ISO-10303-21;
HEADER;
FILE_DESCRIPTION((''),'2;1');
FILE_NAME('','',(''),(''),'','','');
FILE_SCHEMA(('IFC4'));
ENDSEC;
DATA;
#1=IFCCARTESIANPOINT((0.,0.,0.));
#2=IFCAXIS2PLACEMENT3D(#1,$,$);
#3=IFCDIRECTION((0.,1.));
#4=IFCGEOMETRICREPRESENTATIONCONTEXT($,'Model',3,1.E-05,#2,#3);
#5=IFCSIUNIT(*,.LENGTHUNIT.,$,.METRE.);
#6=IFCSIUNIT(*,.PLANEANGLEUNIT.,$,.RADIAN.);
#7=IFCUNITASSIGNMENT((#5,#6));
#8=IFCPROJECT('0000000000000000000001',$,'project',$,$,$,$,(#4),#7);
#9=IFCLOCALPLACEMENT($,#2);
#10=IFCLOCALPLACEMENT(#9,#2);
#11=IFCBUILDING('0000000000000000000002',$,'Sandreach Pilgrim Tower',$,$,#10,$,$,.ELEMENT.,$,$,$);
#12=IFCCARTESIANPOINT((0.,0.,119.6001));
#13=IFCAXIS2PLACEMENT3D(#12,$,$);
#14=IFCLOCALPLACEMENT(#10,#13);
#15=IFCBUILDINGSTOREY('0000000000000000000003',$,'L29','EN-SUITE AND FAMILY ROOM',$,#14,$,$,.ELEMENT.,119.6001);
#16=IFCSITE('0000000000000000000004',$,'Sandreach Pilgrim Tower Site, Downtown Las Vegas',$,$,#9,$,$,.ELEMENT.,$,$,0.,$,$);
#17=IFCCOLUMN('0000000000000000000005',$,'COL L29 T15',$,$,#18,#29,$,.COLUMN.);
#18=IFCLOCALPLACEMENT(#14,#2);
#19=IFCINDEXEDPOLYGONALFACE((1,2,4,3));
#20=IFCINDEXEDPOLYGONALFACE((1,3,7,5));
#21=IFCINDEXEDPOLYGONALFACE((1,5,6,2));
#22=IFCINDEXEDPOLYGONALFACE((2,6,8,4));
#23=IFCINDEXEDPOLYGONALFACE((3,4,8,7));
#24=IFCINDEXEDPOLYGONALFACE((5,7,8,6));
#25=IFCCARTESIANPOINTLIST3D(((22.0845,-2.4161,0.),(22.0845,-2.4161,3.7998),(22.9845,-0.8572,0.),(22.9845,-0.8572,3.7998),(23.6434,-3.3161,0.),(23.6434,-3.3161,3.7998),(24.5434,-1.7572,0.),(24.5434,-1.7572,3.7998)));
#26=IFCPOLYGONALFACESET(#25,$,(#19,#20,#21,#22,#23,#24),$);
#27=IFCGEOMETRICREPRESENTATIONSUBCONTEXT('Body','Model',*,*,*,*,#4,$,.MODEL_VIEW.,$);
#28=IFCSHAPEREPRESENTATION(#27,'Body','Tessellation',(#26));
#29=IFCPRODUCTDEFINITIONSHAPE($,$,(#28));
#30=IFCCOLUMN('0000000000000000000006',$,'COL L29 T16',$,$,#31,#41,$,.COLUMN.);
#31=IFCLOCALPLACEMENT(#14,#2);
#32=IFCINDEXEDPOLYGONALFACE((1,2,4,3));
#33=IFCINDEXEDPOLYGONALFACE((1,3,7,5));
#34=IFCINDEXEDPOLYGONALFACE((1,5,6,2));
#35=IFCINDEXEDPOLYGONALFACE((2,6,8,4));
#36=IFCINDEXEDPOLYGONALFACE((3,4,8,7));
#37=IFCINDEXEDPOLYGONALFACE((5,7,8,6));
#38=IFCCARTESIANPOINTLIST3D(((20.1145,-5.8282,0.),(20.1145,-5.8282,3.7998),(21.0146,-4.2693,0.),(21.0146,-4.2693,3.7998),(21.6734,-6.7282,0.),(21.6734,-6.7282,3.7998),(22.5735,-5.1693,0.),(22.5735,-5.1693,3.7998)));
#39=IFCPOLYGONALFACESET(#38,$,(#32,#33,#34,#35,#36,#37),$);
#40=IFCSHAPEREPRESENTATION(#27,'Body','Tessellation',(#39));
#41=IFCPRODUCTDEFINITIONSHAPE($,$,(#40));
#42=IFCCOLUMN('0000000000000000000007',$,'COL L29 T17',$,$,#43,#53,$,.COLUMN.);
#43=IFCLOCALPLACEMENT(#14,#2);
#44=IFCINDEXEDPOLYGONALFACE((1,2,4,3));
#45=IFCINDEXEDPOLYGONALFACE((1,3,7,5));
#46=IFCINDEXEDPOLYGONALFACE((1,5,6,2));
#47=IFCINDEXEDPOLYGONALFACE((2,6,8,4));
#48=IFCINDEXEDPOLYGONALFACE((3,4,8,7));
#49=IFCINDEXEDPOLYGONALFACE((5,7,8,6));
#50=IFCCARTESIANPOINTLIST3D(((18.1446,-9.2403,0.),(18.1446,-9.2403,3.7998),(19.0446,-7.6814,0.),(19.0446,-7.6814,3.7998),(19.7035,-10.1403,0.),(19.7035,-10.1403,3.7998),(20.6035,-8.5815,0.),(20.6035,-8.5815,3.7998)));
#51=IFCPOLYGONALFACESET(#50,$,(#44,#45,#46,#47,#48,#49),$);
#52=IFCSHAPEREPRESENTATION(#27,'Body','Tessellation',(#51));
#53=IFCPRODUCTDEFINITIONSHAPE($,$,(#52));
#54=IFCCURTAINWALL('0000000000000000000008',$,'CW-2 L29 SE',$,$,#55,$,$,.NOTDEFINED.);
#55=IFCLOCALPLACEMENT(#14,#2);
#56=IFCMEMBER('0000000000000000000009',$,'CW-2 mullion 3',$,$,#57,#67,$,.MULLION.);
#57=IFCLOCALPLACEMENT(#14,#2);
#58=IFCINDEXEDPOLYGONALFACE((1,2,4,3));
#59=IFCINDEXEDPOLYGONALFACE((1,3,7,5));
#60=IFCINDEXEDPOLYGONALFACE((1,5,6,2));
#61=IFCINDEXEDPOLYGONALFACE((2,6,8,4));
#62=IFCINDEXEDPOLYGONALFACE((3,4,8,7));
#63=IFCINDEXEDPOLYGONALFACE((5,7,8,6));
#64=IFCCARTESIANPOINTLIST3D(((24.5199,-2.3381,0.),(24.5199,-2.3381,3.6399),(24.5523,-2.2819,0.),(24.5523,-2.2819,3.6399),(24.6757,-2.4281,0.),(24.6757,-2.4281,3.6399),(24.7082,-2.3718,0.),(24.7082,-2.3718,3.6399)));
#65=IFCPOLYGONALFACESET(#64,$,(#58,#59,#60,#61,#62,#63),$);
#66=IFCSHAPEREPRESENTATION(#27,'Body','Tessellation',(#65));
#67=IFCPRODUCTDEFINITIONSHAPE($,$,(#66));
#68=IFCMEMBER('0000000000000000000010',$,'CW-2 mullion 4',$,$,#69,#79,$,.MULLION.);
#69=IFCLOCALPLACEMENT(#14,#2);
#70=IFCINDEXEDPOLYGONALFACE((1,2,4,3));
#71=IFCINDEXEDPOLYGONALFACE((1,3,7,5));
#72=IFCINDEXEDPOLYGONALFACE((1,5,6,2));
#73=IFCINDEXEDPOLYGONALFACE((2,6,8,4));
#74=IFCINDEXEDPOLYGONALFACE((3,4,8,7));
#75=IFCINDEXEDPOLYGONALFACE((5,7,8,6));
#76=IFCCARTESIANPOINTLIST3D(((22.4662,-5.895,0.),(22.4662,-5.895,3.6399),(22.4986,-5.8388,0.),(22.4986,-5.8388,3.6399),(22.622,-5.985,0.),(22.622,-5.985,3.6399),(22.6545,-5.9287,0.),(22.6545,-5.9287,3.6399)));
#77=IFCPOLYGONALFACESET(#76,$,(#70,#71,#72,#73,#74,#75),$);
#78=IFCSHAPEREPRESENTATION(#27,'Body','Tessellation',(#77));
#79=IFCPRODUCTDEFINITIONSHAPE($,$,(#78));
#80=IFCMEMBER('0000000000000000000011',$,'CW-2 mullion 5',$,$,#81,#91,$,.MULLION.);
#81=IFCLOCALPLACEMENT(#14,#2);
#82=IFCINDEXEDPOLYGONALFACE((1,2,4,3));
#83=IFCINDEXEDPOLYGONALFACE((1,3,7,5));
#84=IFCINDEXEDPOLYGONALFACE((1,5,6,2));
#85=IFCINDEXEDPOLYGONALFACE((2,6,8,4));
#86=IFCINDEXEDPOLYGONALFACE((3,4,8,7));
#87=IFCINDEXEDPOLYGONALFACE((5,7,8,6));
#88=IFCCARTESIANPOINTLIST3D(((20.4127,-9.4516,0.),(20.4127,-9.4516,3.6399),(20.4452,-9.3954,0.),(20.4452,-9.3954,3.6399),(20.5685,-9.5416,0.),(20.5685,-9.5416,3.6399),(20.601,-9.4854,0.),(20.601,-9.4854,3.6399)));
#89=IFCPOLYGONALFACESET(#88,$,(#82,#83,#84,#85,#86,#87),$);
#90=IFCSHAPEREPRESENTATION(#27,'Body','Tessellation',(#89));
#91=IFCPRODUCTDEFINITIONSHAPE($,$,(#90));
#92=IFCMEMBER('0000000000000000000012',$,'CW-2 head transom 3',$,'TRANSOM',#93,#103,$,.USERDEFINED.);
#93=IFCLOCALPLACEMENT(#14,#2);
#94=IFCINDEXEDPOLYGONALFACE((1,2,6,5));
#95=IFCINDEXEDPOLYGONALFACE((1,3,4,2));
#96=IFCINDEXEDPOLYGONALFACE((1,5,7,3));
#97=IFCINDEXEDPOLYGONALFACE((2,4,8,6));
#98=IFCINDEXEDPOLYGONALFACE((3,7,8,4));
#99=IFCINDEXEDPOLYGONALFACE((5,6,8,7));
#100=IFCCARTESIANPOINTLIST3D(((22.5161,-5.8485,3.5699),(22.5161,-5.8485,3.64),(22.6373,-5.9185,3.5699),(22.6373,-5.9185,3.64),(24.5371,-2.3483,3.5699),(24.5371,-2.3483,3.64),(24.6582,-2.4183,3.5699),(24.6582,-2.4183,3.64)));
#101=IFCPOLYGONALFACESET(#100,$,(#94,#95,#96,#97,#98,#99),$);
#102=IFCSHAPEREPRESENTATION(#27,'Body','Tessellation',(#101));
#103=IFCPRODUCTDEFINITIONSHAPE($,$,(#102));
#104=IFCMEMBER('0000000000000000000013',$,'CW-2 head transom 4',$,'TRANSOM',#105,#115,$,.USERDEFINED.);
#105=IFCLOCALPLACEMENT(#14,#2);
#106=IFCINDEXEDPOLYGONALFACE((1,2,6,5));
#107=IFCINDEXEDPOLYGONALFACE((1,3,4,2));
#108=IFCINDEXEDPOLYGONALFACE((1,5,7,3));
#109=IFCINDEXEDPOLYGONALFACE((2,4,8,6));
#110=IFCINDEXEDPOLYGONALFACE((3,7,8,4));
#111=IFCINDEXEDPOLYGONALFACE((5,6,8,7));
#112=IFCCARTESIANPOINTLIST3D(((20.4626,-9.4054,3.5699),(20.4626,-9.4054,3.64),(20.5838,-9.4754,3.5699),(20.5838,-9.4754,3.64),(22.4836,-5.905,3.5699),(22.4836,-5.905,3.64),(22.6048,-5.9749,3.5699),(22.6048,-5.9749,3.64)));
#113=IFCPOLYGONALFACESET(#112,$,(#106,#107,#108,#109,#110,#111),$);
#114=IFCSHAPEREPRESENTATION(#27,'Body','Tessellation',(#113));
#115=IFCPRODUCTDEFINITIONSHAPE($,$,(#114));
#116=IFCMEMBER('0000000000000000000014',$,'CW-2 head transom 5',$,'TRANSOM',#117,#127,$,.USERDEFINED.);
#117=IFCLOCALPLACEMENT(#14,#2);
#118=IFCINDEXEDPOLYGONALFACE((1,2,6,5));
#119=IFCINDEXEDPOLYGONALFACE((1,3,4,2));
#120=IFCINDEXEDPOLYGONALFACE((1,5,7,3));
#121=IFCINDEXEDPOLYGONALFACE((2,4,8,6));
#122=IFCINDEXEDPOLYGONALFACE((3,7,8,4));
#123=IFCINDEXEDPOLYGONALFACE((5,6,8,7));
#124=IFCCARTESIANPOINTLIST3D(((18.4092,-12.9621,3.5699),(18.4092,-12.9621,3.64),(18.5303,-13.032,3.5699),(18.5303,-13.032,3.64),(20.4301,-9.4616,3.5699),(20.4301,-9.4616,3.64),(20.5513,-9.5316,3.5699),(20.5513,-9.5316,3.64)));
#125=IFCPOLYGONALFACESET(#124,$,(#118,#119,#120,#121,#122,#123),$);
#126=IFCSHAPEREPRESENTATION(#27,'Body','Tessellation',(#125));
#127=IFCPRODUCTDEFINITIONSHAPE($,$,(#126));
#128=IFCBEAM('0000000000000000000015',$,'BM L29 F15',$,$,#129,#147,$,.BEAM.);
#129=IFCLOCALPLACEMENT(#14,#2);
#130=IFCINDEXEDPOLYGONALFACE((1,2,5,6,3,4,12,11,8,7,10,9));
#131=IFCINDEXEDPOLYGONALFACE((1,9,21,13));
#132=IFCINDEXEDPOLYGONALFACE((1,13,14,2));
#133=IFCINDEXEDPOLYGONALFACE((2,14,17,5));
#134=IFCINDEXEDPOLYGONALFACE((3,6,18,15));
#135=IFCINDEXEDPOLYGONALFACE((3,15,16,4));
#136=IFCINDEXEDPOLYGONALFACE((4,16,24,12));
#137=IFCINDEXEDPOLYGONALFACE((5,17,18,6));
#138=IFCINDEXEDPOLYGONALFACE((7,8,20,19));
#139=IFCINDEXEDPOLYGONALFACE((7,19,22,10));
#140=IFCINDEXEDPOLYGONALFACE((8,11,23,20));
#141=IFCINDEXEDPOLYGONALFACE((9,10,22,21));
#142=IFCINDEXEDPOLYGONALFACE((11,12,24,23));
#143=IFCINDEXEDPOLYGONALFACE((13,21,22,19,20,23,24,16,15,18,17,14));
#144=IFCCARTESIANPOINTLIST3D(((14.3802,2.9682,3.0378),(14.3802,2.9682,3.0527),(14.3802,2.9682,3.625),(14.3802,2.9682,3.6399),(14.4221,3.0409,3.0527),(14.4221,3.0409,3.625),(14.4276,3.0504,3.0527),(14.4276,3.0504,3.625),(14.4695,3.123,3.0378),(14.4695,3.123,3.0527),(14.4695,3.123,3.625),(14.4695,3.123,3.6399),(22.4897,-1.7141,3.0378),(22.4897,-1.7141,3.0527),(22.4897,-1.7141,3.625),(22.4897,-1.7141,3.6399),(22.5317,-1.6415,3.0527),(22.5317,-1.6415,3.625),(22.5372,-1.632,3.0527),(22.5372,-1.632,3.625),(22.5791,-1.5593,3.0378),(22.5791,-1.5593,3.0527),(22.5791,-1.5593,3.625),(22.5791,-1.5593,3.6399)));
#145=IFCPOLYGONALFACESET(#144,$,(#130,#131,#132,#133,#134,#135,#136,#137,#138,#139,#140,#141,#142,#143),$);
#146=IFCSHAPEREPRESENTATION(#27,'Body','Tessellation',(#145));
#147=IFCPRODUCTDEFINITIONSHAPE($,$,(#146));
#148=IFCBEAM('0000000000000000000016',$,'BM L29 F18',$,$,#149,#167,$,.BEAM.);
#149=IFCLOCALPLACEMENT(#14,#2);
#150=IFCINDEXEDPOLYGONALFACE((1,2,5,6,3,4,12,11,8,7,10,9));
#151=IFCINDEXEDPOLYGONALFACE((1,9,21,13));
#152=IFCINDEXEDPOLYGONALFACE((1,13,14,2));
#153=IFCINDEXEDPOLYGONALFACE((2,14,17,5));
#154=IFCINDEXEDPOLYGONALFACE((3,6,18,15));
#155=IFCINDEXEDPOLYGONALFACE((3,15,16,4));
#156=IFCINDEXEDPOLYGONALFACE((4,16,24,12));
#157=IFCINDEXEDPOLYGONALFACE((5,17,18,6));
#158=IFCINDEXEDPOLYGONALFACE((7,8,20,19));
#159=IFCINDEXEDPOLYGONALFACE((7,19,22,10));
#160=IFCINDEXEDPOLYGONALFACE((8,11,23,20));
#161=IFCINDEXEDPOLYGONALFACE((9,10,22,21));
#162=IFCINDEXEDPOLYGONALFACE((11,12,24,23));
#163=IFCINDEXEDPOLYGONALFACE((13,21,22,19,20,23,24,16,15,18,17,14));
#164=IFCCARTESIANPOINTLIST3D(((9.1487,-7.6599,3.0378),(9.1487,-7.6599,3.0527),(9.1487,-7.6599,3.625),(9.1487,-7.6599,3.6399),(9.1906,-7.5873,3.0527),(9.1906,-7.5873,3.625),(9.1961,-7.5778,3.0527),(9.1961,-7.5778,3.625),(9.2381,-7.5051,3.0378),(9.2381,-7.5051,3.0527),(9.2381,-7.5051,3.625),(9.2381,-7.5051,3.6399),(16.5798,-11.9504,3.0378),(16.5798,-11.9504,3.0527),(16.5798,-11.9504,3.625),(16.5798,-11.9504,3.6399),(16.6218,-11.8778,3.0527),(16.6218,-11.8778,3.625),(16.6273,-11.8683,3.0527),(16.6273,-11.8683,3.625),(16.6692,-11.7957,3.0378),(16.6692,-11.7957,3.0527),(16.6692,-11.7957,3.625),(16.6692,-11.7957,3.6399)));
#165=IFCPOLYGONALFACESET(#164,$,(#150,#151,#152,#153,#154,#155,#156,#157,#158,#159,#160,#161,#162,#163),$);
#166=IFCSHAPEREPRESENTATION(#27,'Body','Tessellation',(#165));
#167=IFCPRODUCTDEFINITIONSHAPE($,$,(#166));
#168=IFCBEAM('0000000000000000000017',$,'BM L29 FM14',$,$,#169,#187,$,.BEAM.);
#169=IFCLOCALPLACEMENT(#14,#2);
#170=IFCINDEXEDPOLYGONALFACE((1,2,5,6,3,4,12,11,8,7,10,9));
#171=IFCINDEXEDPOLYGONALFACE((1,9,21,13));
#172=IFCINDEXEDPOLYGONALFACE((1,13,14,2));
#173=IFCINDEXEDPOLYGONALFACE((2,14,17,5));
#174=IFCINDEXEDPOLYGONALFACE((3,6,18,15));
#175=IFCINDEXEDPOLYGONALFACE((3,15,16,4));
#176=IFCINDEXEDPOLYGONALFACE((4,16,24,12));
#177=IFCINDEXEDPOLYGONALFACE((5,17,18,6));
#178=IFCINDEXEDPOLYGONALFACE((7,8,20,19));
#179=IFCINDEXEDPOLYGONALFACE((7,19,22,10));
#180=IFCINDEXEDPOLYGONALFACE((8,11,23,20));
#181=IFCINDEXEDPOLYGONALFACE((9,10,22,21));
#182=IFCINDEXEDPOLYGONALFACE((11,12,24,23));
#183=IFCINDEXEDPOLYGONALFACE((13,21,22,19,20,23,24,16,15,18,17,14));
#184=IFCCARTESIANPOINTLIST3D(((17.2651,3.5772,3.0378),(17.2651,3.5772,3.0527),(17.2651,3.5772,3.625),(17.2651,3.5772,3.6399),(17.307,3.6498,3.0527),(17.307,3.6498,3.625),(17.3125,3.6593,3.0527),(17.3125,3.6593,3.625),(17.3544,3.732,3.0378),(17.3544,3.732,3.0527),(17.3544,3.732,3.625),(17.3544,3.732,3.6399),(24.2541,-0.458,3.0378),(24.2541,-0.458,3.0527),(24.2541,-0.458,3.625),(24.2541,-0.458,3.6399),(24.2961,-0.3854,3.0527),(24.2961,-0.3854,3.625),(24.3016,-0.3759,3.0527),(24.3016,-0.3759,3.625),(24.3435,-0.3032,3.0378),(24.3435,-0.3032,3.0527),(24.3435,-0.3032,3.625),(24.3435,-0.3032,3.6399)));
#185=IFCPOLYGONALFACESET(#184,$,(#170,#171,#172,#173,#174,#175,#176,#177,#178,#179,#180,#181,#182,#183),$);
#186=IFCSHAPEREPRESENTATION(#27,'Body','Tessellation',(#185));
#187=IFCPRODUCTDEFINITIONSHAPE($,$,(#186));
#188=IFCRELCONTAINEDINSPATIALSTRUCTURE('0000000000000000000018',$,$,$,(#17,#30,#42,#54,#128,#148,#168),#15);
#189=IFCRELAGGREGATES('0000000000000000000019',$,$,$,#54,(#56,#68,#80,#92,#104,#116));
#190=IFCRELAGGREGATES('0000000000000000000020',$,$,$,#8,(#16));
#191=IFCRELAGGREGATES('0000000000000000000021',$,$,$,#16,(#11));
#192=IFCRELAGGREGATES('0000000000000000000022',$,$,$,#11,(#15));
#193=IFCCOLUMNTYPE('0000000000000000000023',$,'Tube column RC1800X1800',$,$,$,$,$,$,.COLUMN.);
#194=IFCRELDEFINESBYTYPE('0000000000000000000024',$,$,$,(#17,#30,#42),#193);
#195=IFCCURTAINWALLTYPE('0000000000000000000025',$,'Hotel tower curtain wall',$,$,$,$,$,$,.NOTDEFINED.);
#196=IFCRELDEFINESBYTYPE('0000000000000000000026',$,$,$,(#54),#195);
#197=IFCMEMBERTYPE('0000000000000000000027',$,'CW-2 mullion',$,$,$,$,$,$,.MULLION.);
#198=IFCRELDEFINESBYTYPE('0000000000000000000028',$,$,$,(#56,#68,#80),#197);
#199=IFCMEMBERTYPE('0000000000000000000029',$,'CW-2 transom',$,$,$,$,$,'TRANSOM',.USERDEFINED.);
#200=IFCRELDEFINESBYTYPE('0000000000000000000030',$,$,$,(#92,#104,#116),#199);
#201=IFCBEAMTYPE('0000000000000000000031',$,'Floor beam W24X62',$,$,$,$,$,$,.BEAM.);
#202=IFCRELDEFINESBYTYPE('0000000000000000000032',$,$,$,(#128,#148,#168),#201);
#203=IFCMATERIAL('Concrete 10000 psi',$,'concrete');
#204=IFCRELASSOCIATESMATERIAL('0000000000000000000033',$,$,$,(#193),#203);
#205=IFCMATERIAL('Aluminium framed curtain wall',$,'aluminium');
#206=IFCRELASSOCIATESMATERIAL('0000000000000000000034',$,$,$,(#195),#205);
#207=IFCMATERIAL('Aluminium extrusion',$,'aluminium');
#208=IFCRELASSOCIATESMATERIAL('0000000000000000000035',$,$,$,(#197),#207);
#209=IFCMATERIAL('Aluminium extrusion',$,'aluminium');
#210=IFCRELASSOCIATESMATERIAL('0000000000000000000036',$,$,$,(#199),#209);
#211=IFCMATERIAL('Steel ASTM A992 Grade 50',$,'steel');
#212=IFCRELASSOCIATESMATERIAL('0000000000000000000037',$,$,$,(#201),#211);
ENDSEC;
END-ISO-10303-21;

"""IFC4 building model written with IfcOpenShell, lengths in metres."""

from ifc_helpers import new_model, si_unit, direction, frame, origin, origin_2d, place, context, subcontext, project, spatial, rectangle, i_section, extrude, material, material_profile, profile_set, type_object, element, aggregate, save


model = new_model("IFC4")

# Units and contexts
model_context = context("Model", 3, precision=1e-05, world=origin(), true_north=direction((0.0, 1.0)))
body_context = subcontext(model_context, "Body", "Model", "MODEL_VIEW")
ifc_project = project(units=[si_unit("LENGTHUNIT", "METRE"), si_unit("PLANEANGLEUNIT", "RADIAN")], contexts=[model_context])

# Site, building, storey
site_placement = place(None, origin())
site = spatial("IfcSite", under=ifc_project, at=site_placement, Name="Sandreach Pilgrim Tower Site, Downtown Las Vegas", CompositionType="ELEMENT", RefElevation=0.0)
building_placement = place(site_placement, origin())
building = spatial("IfcBuilding", under=site, at=building_placement, Name="Sandreach Pilgrim Tower", CompositionType="ELEMENT")
storey_placement = place(building_placement, frame((0.0, 0.0, 119.6001)))
storey = spatial("IfcBuildingStorey", under=building, at=storey_placement, Name="L29", Description="EN-SUITE AND FAMILY ROOM", CompositionType="ELEMENT", Elevation=119.6001)

# Columns
ifc_material_1 = material(Name="Concrete 10000 psi", Category="concrete")
ifc_material_profile_1 = material_profile(ifc_material_1, rectangle(XDim=1.8, YDim=1.8, at=origin_2d()), Name="RC1800X1800")
ifc_profile_set_1 = profile_set([ifc_material_profile_1], Name="Concrete 10000 psi")
column_type = type_object("IfcColumnType", Name="Tube column RC1800X1800", PredefinedType="COLUMN", material=ifc_profile_set_1)
for number, where, z_axis, x_axis, name in (
    (1, (23.314, -2.0867, 0.0), (0.0, 0.0, 1.0), (0.866025, -0.5, 0.0), "COL L29 T15"),
    (2, (21.344, -5.4988, 0.0), (0.0, 0.0, 1.0), (0.866025, -0.5, 0.0), "COL L29 T16"),
    (3, (19.374, -8.9109, 0.0), (0.0, 0.0, 1.0), (0.866025, -0.5, 0.0), "COL L29 T17"),
):
    element("IfcColumn", number, at=place(storey_placement, frame(where, z_axis=z_axis, x_axis=x_axis)), inside=storey, type_object=column_type, Name=name, PredefinedType="COLUMN", context=body_context, shape_type="SweptSolid", body=[
        extrude(rectangle(XDim=1.8, YDim=1.8, at=origin_2d()), origin(), (0.0, 0.0, 1.0), 3.7998),
    ])

# Curtain wall, members
ifc_material_2 = material(Name="Aluminium framed curtain wall", Category="aluminium")
curtain_wall_type = type_object("IfcCurtainWallType", Name="Hotel tower curtain wall", PredefinedType="NOTDEFINED", material=ifc_material_2)
curtain_wall_placement = place(storey_placement, origin())
curtain_wall = element("IfcCurtainWall", 4, at=curtain_wall_placement, inside=storey, type_object=curtain_wall_type, Name="CW-2 L29 SE", PredefinedType="NOTDEFINED")
ifc_material_3 = material(Name="Aluminium extrusion", Category="aluminium")
ifc_material_profile_2 = material_profile(ifc_material_3, rectangle(XDim=0.0649, YDim=0.1799, at=origin_2d()), Name="CW-2M 65X180")
ifc_profile_set_2 = profile_set([ifc_material_profile_2], Name="Aluminium extrusion")
member_type_1 = type_object("IfcMemberType", Name="CW-2 mullion", PredefinedType="MULLION", material=ifc_profile_set_2)
member_1_placement = place(storey_placement, frame((24.614, -2.355, 0.0), z_axis=(0.0, 0.0, 1.0), x_axis=(-0.5, -0.866025, 0.0)))
member_1 = element("IfcMember", 5, at=member_1_placement, type_object=member_type_1, Name="CW-2 mullion 3", PredefinedType="MULLION", context=body_context, shape_type="SweptSolid", body=[
    extrude(rectangle(XDim=0.0649, YDim=0.1799, at=origin_2d()), origin(), (0.0, 0.0, 1.0), 3.6399),
])
member_2_placement = place(storey_placement, frame((22.5603, -5.9119, 0.0), z_axis=(0.0, 0.0, 1.0), x_axis=(-0.5, -0.866025, 0.0)))
member_2 = element("IfcMember", 6, at=member_2_placement, type_object=member_type_1, Name="CW-2 mullion 4", PredefinedType="MULLION", context=body_context, shape_type="SweptSolid", body=[
    extrude(rectangle(XDim=0.0649, YDim=0.1799, at=origin_2d()), origin(), (0.0, 0.0, 1.0), 3.6399),
])
member_3_placement = place(storey_placement, frame((20.5068, -9.4685, 0.0), z_axis=(0.0, 0.0, 1.0), x_axis=(-0.5, -0.866025, 0.0)))
member_3 = element("IfcMember", 7, at=member_3_placement, type_object=member_type_1, Name="CW-2 mullion 5", PredefinedType="MULLION", context=body_context, shape_type="SweptSolid", body=[
    extrude(rectangle(XDim=0.0649, YDim=0.1799, at=origin_2d()), origin(), (0.0, 0.0, 1.0), 3.6399),
])
ifc_material_4 = material(Name="Aluminium extrusion", Category="aluminium")
ifc_material_profile_3 = material_profile(ifc_material_4, rectangle(XDim=0.1399, YDim=0.0701, at=origin_2d()), Name="CW-2T 140X70")
ifc_profile_set_3 = profile_set([ifc_material_profile_3], Name="Aluminium extrusion")
member_type_2 = type_object("IfcMemberType", Name="CW-2 transom", ElementType="TRANSOM", PredefinedType="USERDEFINED", material=ifc_profile_set_3)
member_4_placement = place(storey_placement, frame((24.5977, -2.3833, 3.605), z_axis=(-0.500024, -0.866012, 0.0), x_axis=(0.866012, -0.500024, 0.0)))
member_4 = element("IfcMember", 8, at=member_4_placement, type_object=member_type_2, Name="CW-2 head transom 3", ObjectType="TRANSOM", PredefinedType="USERDEFINED", context=body_context, shape_type="SweptSolid", body=[
    extrude(rectangle(XDim=0.1399, YDim=0.0701, at=origin_2d()), origin(), (0.0, 0.0, 1.0), 4.0417),
])
member_5_placement = place(storey_placement, frame((22.5442, -5.9399, 3.605), z_axis=(-0.499998, -0.866027, 0.0), x_axis=(0.866027, -0.499998, 0.0)))
member_5 = element("IfcMember", 9, at=member_5_placement, type_object=member_type_2, Name="CW-2 head transom 4", ObjectType="TRANSOM", PredefinedType="USERDEFINED", context=body_context, shape_type="SweptSolid", body=[
    extrude(rectangle(XDim=0.1399, YDim=0.0701, at=origin_2d()), origin(), (0.0, 0.0, 1.0), 4.042),
])
member_6_placement = place(storey_placement, frame((20.4907, -9.4966, 3.605), z_axis=(-0.499998, -0.866027, 0.0), x_axis=(0.866027, -0.499998, 0.0)))
member_6 = element("IfcMember", 10, at=member_6_placement, type_object=member_type_2, Name="CW-2 head transom 5", ObjectType="TRANSOM", PredefinedType="USERDEFINED", context=body_context, shape_type="SweptSolid", body=[
    extrude(rectangle(XDim=0.1399, YDim=0.0701, at=origin_2d()), origin(), (0.0, 0.0, 1.0), 4.042),
])

# Beams
ifc_material_5 = material(Name="Steel ASTM A992 Grade 50", Category="steel")
ifc_material_profile_4 = material_profile(ifc_material_5, i_section(OverallWidth=0.1787, OverallDepth=0.6021, WebThickness=0.011, FlangeThickness=0.0149, at=origin_2d()), Name="W24X62")
ifc_profile_set_4 = profile_set([ifc_material_profile_4], Name="Steel ASTM A992 Grade 50")
beam_type_1 = type_object("IfcBeamType", Name="Floor beam W24X62", PredefinedType="BEAM", material=ifc_profile_set_4)
beam_1_placement = place(storey_placement, frame((22.5344, -1.6367, 3.3389), z_axis=(-0.866012, 0.500023, 0.0), x_axis=(-0.500023, -0.866012, 0.0)))
element("IfcBeam", 11, at=beam_1_placement, inside=storey, type_object=beam_type_1, Name="BM L29 F15", PredefinedType="BEAM", context=body_context, shape_type="SweptSolid", body=[
    extrude(i_section(OverallWidth=0.1787, OverallDepth=0.6021, WebThickness=0.011, FlangeThickness=0.0149, at=origin_2d()), origin(), (0.0, 0.0, 1.0), 9.3643),
])
beam_2_placement = place(storey_placement, frame((16.6245, -11.873, 3.3389), z_axis=(-0.866018, 0.500013, 0.0), x_axis=(-0.500013, -0.866018, 0.0)))
element("IfcBeam", 12, at=beam_2_placement, inside=storey, type_object=beam_type_1, Name="BM L29 F18", PredefinedType="BEAM", context=body_context, shape_type="SweptSolid", body=[
    extrude(i_section(OverallWidth=0.1787, OverallDepth=0.6021, WebThickness=0.011, FlangeThickness=0.0149, at=origin_2d()), origin(), (0.0, 0.0, 1.0), 8.5808),
])
beam_3_placement = place(storey_placement, frame((24.2988, -0.3806, 3.3389), z_axis=(-0.866023, 0.500004, 0.0), x_axis=(-0.500004, -0.866023, 0.0)))
element("IfcBeam", 13, at=beam_3_placement, inside=storey, type_object=beam_type_1, Name="BM L29 FM14", PredefinedType="BEAM", context=body_context, shape_type="SweptSolid", body=[
    extrude(i_section(OverallWidth=0.1787, OverallDepth=0.6021, WebThickness=0.011, FlangeThickness=0.0149, at=origin_2d()), origin(), (0.0, 0.0, 1.0), 8.0703),
])

aggregate(curtain_wall, [member_1, member_2, member_3, member_4, member_5, member_6])

save(model, "model.ifc")
